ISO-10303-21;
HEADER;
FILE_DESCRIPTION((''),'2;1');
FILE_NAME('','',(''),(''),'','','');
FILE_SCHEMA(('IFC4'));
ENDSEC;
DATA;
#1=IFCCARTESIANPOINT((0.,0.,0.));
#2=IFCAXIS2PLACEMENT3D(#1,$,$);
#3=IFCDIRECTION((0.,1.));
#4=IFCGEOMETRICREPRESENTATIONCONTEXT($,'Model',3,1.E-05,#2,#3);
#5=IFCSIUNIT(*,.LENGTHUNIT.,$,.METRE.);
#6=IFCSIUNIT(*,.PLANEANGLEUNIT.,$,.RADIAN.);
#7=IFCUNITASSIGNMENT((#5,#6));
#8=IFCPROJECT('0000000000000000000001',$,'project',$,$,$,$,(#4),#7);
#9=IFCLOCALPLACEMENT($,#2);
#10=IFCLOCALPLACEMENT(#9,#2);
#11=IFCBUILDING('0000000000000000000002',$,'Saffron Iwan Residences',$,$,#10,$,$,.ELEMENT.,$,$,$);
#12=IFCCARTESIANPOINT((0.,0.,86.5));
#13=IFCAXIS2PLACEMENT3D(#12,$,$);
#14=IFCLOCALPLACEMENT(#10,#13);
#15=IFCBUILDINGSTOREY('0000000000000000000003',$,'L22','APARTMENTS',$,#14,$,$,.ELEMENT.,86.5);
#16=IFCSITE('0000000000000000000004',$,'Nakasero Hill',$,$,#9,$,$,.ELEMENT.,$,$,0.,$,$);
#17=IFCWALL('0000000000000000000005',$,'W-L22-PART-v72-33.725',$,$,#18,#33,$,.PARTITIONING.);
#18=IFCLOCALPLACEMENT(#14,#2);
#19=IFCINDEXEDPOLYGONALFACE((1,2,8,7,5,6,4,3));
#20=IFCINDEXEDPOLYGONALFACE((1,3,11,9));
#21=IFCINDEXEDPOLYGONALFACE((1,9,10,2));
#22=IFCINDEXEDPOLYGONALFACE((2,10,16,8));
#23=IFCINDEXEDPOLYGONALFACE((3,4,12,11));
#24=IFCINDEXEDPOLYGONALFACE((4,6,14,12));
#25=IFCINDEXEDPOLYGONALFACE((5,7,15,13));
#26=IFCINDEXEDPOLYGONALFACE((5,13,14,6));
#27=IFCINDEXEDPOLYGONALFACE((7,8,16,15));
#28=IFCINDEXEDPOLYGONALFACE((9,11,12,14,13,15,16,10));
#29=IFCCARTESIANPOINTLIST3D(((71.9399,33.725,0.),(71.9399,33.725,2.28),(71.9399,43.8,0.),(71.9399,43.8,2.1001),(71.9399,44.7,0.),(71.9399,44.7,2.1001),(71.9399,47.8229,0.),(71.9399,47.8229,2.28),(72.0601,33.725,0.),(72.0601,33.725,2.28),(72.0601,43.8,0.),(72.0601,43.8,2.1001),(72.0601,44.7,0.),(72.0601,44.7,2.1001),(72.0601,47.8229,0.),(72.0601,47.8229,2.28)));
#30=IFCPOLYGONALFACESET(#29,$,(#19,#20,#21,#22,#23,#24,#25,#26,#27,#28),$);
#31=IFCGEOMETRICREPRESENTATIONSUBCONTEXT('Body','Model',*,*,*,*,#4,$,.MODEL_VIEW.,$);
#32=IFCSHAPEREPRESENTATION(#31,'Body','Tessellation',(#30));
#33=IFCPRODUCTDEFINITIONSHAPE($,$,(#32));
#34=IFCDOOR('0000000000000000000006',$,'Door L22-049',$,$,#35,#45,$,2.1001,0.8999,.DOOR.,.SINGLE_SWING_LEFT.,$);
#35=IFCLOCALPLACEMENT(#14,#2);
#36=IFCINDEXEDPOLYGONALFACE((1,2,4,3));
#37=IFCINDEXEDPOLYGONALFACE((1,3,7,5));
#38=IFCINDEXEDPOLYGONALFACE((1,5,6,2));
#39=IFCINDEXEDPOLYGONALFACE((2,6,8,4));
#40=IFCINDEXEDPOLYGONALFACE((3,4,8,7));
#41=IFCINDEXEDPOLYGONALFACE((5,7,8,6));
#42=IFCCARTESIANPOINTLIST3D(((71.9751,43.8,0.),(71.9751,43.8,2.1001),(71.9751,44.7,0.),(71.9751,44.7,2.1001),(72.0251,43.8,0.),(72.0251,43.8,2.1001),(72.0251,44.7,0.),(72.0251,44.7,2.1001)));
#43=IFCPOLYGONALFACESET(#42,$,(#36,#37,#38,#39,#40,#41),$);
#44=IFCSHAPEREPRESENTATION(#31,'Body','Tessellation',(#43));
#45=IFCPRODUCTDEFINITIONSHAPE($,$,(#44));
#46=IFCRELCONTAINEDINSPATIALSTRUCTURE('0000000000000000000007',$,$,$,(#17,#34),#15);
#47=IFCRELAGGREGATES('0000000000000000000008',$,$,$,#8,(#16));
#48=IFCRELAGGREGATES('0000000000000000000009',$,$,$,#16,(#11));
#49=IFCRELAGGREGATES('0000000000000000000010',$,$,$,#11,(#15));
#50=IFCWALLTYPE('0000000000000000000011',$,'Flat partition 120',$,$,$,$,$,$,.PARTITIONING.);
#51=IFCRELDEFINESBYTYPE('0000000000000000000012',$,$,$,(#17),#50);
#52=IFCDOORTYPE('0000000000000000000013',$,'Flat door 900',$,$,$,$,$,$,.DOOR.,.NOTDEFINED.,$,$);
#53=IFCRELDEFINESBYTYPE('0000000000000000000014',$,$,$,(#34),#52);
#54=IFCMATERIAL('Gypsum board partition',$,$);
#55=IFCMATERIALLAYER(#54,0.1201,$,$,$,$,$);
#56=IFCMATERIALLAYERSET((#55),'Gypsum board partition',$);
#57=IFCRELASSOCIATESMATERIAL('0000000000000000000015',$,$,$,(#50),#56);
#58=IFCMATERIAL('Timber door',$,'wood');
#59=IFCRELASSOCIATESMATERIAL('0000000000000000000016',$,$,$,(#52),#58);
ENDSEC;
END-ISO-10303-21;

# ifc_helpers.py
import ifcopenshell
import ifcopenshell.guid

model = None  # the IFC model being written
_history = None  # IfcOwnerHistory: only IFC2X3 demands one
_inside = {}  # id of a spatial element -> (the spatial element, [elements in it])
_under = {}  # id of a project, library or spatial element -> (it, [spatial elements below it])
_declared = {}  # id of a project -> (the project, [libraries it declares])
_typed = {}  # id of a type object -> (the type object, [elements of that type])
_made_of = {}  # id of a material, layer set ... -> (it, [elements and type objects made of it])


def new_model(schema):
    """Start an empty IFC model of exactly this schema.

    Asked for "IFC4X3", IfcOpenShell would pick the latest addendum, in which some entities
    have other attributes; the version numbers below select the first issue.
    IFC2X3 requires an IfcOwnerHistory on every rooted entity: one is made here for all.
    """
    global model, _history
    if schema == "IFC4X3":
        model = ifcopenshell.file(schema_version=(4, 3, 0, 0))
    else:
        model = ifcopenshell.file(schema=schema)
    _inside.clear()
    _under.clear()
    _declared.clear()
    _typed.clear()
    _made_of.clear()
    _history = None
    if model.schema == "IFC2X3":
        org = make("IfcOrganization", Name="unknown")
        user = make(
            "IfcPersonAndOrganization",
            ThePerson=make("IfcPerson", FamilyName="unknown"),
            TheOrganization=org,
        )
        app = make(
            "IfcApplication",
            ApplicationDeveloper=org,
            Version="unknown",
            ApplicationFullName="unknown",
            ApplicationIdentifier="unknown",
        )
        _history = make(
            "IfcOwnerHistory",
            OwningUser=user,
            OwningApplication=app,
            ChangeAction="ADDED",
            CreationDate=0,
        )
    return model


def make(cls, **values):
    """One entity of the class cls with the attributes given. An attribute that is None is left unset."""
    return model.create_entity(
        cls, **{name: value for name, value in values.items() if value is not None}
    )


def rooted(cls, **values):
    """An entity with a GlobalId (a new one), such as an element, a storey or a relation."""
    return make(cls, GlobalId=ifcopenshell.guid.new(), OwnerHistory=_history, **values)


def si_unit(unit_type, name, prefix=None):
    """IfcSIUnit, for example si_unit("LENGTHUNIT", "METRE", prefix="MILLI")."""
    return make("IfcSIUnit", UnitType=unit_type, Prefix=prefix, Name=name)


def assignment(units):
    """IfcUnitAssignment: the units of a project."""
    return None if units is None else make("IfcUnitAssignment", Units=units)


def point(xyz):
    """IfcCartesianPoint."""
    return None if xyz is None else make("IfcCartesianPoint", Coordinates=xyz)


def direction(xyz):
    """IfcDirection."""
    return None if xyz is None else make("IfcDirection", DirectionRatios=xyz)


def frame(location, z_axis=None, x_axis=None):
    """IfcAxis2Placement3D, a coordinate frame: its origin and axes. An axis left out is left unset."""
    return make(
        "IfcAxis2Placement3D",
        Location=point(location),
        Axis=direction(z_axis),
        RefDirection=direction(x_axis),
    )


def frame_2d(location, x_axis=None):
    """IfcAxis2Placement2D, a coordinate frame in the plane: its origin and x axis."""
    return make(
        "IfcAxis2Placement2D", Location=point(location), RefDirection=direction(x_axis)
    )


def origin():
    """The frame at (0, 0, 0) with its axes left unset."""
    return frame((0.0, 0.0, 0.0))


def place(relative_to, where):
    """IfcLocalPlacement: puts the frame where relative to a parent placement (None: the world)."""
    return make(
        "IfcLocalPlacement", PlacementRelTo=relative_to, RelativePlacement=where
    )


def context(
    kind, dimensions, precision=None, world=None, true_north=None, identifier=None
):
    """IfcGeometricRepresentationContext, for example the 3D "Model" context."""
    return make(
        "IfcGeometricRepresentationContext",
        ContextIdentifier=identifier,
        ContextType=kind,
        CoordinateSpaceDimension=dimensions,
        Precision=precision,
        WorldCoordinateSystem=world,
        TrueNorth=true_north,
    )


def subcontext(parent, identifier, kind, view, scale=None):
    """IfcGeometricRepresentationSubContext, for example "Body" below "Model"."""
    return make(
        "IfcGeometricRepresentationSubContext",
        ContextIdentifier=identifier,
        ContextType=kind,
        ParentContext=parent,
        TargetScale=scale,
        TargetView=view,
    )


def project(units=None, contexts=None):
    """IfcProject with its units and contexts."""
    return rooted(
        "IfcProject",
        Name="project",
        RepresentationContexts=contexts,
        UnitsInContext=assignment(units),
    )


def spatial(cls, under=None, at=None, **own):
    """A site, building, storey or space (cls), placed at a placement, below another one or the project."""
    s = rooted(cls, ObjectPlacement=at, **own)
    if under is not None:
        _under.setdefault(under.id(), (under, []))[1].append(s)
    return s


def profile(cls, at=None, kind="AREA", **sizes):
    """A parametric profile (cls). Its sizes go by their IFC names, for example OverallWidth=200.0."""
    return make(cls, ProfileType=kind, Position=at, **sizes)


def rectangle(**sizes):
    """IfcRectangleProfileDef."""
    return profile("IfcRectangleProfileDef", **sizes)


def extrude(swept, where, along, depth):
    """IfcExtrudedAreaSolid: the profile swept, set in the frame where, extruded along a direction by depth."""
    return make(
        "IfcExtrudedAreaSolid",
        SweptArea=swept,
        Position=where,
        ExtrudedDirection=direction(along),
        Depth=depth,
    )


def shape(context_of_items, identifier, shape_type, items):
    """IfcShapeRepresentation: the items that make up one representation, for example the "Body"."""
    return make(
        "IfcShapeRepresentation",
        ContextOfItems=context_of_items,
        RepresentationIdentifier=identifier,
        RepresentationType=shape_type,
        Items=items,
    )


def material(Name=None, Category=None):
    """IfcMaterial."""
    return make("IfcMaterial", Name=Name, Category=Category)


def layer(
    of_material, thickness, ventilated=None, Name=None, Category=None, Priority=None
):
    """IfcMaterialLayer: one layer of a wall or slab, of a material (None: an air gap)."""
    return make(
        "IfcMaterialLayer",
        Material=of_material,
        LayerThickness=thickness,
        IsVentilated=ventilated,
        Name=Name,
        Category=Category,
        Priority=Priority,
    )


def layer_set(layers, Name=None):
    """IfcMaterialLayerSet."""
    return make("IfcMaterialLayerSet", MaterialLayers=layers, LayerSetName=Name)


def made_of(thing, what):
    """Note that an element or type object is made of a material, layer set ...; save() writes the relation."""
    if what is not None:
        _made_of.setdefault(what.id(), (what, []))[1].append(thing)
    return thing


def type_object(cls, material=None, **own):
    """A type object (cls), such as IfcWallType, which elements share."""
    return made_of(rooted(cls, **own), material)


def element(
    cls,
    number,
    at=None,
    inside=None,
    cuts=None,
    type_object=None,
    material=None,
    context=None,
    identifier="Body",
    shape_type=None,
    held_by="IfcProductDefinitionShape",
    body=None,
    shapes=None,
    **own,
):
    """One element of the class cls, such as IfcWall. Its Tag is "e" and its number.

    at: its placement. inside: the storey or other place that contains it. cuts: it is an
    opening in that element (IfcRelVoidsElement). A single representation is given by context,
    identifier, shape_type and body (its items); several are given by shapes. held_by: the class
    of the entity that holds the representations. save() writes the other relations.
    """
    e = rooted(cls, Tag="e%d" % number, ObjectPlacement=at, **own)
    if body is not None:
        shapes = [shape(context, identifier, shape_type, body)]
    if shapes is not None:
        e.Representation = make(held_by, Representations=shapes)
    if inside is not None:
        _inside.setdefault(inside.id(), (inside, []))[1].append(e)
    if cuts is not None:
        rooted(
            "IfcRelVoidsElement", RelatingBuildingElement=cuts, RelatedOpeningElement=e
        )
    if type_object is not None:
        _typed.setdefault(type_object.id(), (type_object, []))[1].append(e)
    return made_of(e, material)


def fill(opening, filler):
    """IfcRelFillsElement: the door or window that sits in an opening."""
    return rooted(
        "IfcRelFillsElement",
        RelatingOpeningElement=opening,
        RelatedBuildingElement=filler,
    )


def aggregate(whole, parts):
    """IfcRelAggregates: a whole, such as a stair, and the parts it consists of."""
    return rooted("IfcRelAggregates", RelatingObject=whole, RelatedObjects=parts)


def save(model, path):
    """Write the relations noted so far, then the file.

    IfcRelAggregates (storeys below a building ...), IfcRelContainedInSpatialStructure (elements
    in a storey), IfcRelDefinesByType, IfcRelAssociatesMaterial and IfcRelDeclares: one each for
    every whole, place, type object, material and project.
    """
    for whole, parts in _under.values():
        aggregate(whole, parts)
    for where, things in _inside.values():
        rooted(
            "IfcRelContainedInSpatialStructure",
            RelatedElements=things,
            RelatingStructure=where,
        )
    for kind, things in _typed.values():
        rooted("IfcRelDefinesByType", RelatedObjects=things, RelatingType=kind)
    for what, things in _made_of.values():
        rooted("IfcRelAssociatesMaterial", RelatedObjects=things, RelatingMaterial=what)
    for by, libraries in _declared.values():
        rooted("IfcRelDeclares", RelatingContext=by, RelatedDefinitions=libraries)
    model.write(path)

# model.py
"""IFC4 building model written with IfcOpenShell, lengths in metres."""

from ifc_helpers import new_model, si_unit, direction, frame, frame_2d, origin, place, context, subcontext, project, spatial, rectangle, extrude, material, layer, layer_set, type_object, element, fill, save


model = new_model("IFC4")

# Units and contexts
model_context = context("Model", 3, precision=1e-05, world=origin(), true_north=direction((0.0, 1.0)))
body_context = subcontext(model_context, "Body", "Model", "MODEL_VIEW")
ifc_project = project(units=[si_unit("LENGTHUNIT", "METRE"), si_unit("PLANEANGLEUNIT", "RADIAN")], contexts=[model_context])

# Site, building, storey
site_placement = place(None, origin())
site = spatial("IfcSite", under=ifc_project, at=site_placement, Name="Nakasero Hill", CompositionType="ELEMENT", RefElevation=0.0)
building_placement = place(site_placement, origin())
building = spatial("IfcBuilding", under=site, at=building_placement, Name="Saffron Iwan Residences", CompositionType="ELEMENT")
storey_placement = place(building_placement, frame((0.0, 0.0, 86.5)))
storey = spatial("IfcBuildingStorey", under=building, at=storey_placement, Name="L22", Description="APARTMENTS", CompositionType="ELEMENT", Elevation=86.5)

# Shared definitions
ifc_material_1 = material(Name="Gypsum board partition")
ifc_layer_1 = layer(ifc_material_1, 0.1201)
ifc_layer_set_1 = layer_set([ifc_layer_1], Name="Gypsum board partition")
wall_type_1 = type_object("IfcWallType", Name="Flat partition 120", PredefinedType="PARTITIONING", material=ifc_layer_set_1)

# Wall, opening, door
wall_1_placement = place(storey_placement, frame((72.0, 33.7251, 0.0), z_axis=(0.0, 0.0, 1.0), x_axis=(0.0, 1.0, 0.0)))
wall_1 = element("IfcWall", 1, at=wall_1_placement, inside=storey, type_object=wall_type_1, Name="W-L22-PART-v72-33.725", PredefinedType="PARTITIONING", context=body_context, shape_type="SweptSolid", body=[
    extrude(rectangle(XDim=14.0979, YDim=0.1201, at=frame_2d((7.0488, 0.0))), origin(), (0.0, 0.0, 1.0), 2.28),
])
opening_1_placement = place(wall_1_placement, frame((10.075, 0.0, 0.0)))
opening_1 = element("IfcOpeningElement", 2, at=opening_1_placement, cuts=wall_1, PredefinedType="OPENING", context=body_context, shape_type="SweptSolid", body=[
    extrude(rectangle(XDim=0.8999, YDim=2.1001, at=frame_2d((0.45, 1.05))), frame((0.0, 0.0701, 0.0), z_axis=(0.0, -1.0, 0.0), x_axis=(1.0, 0.0, 0.0)), (0.0, 0.0, 1.0), 0.1401),
])
ifc_material_2 = material(Name="Timber door", Category="wood")
door_type_1 = type_object("IfcDoorType", Name="Flat door 900", OperationType="NOTDEFINED", PredefinedType="DOOR", material=ifc_material_2)
door_1_placement = place(opening_1_placement, origin())
door_1 = element("IfcDoor", 3, at=door_1_placement, inside=storey, type_object=door_type_1, Name="Door L22-049", OperationType="SINGLE_SWING_LEFT", OverallHeight=2.1001, OverallWidth=0.8999, PredefinedType="DOOR", context=body_context, shape_type="SweptSolid", body=[
    extrude(rectangle(XDim=0.8999, YDim=2.1001, at=frame_2d((0.45, 1.05))), frame((0.0, 0.0249, 0.0), z_axis=(0.0, -1.0, 0.0), x_axis=(1.0, 0.0, 0.0)), (0.0, 0.0, 1.0), 0.05),
])
fill(opening_1, door_1)

save(model, "model.ifc")
